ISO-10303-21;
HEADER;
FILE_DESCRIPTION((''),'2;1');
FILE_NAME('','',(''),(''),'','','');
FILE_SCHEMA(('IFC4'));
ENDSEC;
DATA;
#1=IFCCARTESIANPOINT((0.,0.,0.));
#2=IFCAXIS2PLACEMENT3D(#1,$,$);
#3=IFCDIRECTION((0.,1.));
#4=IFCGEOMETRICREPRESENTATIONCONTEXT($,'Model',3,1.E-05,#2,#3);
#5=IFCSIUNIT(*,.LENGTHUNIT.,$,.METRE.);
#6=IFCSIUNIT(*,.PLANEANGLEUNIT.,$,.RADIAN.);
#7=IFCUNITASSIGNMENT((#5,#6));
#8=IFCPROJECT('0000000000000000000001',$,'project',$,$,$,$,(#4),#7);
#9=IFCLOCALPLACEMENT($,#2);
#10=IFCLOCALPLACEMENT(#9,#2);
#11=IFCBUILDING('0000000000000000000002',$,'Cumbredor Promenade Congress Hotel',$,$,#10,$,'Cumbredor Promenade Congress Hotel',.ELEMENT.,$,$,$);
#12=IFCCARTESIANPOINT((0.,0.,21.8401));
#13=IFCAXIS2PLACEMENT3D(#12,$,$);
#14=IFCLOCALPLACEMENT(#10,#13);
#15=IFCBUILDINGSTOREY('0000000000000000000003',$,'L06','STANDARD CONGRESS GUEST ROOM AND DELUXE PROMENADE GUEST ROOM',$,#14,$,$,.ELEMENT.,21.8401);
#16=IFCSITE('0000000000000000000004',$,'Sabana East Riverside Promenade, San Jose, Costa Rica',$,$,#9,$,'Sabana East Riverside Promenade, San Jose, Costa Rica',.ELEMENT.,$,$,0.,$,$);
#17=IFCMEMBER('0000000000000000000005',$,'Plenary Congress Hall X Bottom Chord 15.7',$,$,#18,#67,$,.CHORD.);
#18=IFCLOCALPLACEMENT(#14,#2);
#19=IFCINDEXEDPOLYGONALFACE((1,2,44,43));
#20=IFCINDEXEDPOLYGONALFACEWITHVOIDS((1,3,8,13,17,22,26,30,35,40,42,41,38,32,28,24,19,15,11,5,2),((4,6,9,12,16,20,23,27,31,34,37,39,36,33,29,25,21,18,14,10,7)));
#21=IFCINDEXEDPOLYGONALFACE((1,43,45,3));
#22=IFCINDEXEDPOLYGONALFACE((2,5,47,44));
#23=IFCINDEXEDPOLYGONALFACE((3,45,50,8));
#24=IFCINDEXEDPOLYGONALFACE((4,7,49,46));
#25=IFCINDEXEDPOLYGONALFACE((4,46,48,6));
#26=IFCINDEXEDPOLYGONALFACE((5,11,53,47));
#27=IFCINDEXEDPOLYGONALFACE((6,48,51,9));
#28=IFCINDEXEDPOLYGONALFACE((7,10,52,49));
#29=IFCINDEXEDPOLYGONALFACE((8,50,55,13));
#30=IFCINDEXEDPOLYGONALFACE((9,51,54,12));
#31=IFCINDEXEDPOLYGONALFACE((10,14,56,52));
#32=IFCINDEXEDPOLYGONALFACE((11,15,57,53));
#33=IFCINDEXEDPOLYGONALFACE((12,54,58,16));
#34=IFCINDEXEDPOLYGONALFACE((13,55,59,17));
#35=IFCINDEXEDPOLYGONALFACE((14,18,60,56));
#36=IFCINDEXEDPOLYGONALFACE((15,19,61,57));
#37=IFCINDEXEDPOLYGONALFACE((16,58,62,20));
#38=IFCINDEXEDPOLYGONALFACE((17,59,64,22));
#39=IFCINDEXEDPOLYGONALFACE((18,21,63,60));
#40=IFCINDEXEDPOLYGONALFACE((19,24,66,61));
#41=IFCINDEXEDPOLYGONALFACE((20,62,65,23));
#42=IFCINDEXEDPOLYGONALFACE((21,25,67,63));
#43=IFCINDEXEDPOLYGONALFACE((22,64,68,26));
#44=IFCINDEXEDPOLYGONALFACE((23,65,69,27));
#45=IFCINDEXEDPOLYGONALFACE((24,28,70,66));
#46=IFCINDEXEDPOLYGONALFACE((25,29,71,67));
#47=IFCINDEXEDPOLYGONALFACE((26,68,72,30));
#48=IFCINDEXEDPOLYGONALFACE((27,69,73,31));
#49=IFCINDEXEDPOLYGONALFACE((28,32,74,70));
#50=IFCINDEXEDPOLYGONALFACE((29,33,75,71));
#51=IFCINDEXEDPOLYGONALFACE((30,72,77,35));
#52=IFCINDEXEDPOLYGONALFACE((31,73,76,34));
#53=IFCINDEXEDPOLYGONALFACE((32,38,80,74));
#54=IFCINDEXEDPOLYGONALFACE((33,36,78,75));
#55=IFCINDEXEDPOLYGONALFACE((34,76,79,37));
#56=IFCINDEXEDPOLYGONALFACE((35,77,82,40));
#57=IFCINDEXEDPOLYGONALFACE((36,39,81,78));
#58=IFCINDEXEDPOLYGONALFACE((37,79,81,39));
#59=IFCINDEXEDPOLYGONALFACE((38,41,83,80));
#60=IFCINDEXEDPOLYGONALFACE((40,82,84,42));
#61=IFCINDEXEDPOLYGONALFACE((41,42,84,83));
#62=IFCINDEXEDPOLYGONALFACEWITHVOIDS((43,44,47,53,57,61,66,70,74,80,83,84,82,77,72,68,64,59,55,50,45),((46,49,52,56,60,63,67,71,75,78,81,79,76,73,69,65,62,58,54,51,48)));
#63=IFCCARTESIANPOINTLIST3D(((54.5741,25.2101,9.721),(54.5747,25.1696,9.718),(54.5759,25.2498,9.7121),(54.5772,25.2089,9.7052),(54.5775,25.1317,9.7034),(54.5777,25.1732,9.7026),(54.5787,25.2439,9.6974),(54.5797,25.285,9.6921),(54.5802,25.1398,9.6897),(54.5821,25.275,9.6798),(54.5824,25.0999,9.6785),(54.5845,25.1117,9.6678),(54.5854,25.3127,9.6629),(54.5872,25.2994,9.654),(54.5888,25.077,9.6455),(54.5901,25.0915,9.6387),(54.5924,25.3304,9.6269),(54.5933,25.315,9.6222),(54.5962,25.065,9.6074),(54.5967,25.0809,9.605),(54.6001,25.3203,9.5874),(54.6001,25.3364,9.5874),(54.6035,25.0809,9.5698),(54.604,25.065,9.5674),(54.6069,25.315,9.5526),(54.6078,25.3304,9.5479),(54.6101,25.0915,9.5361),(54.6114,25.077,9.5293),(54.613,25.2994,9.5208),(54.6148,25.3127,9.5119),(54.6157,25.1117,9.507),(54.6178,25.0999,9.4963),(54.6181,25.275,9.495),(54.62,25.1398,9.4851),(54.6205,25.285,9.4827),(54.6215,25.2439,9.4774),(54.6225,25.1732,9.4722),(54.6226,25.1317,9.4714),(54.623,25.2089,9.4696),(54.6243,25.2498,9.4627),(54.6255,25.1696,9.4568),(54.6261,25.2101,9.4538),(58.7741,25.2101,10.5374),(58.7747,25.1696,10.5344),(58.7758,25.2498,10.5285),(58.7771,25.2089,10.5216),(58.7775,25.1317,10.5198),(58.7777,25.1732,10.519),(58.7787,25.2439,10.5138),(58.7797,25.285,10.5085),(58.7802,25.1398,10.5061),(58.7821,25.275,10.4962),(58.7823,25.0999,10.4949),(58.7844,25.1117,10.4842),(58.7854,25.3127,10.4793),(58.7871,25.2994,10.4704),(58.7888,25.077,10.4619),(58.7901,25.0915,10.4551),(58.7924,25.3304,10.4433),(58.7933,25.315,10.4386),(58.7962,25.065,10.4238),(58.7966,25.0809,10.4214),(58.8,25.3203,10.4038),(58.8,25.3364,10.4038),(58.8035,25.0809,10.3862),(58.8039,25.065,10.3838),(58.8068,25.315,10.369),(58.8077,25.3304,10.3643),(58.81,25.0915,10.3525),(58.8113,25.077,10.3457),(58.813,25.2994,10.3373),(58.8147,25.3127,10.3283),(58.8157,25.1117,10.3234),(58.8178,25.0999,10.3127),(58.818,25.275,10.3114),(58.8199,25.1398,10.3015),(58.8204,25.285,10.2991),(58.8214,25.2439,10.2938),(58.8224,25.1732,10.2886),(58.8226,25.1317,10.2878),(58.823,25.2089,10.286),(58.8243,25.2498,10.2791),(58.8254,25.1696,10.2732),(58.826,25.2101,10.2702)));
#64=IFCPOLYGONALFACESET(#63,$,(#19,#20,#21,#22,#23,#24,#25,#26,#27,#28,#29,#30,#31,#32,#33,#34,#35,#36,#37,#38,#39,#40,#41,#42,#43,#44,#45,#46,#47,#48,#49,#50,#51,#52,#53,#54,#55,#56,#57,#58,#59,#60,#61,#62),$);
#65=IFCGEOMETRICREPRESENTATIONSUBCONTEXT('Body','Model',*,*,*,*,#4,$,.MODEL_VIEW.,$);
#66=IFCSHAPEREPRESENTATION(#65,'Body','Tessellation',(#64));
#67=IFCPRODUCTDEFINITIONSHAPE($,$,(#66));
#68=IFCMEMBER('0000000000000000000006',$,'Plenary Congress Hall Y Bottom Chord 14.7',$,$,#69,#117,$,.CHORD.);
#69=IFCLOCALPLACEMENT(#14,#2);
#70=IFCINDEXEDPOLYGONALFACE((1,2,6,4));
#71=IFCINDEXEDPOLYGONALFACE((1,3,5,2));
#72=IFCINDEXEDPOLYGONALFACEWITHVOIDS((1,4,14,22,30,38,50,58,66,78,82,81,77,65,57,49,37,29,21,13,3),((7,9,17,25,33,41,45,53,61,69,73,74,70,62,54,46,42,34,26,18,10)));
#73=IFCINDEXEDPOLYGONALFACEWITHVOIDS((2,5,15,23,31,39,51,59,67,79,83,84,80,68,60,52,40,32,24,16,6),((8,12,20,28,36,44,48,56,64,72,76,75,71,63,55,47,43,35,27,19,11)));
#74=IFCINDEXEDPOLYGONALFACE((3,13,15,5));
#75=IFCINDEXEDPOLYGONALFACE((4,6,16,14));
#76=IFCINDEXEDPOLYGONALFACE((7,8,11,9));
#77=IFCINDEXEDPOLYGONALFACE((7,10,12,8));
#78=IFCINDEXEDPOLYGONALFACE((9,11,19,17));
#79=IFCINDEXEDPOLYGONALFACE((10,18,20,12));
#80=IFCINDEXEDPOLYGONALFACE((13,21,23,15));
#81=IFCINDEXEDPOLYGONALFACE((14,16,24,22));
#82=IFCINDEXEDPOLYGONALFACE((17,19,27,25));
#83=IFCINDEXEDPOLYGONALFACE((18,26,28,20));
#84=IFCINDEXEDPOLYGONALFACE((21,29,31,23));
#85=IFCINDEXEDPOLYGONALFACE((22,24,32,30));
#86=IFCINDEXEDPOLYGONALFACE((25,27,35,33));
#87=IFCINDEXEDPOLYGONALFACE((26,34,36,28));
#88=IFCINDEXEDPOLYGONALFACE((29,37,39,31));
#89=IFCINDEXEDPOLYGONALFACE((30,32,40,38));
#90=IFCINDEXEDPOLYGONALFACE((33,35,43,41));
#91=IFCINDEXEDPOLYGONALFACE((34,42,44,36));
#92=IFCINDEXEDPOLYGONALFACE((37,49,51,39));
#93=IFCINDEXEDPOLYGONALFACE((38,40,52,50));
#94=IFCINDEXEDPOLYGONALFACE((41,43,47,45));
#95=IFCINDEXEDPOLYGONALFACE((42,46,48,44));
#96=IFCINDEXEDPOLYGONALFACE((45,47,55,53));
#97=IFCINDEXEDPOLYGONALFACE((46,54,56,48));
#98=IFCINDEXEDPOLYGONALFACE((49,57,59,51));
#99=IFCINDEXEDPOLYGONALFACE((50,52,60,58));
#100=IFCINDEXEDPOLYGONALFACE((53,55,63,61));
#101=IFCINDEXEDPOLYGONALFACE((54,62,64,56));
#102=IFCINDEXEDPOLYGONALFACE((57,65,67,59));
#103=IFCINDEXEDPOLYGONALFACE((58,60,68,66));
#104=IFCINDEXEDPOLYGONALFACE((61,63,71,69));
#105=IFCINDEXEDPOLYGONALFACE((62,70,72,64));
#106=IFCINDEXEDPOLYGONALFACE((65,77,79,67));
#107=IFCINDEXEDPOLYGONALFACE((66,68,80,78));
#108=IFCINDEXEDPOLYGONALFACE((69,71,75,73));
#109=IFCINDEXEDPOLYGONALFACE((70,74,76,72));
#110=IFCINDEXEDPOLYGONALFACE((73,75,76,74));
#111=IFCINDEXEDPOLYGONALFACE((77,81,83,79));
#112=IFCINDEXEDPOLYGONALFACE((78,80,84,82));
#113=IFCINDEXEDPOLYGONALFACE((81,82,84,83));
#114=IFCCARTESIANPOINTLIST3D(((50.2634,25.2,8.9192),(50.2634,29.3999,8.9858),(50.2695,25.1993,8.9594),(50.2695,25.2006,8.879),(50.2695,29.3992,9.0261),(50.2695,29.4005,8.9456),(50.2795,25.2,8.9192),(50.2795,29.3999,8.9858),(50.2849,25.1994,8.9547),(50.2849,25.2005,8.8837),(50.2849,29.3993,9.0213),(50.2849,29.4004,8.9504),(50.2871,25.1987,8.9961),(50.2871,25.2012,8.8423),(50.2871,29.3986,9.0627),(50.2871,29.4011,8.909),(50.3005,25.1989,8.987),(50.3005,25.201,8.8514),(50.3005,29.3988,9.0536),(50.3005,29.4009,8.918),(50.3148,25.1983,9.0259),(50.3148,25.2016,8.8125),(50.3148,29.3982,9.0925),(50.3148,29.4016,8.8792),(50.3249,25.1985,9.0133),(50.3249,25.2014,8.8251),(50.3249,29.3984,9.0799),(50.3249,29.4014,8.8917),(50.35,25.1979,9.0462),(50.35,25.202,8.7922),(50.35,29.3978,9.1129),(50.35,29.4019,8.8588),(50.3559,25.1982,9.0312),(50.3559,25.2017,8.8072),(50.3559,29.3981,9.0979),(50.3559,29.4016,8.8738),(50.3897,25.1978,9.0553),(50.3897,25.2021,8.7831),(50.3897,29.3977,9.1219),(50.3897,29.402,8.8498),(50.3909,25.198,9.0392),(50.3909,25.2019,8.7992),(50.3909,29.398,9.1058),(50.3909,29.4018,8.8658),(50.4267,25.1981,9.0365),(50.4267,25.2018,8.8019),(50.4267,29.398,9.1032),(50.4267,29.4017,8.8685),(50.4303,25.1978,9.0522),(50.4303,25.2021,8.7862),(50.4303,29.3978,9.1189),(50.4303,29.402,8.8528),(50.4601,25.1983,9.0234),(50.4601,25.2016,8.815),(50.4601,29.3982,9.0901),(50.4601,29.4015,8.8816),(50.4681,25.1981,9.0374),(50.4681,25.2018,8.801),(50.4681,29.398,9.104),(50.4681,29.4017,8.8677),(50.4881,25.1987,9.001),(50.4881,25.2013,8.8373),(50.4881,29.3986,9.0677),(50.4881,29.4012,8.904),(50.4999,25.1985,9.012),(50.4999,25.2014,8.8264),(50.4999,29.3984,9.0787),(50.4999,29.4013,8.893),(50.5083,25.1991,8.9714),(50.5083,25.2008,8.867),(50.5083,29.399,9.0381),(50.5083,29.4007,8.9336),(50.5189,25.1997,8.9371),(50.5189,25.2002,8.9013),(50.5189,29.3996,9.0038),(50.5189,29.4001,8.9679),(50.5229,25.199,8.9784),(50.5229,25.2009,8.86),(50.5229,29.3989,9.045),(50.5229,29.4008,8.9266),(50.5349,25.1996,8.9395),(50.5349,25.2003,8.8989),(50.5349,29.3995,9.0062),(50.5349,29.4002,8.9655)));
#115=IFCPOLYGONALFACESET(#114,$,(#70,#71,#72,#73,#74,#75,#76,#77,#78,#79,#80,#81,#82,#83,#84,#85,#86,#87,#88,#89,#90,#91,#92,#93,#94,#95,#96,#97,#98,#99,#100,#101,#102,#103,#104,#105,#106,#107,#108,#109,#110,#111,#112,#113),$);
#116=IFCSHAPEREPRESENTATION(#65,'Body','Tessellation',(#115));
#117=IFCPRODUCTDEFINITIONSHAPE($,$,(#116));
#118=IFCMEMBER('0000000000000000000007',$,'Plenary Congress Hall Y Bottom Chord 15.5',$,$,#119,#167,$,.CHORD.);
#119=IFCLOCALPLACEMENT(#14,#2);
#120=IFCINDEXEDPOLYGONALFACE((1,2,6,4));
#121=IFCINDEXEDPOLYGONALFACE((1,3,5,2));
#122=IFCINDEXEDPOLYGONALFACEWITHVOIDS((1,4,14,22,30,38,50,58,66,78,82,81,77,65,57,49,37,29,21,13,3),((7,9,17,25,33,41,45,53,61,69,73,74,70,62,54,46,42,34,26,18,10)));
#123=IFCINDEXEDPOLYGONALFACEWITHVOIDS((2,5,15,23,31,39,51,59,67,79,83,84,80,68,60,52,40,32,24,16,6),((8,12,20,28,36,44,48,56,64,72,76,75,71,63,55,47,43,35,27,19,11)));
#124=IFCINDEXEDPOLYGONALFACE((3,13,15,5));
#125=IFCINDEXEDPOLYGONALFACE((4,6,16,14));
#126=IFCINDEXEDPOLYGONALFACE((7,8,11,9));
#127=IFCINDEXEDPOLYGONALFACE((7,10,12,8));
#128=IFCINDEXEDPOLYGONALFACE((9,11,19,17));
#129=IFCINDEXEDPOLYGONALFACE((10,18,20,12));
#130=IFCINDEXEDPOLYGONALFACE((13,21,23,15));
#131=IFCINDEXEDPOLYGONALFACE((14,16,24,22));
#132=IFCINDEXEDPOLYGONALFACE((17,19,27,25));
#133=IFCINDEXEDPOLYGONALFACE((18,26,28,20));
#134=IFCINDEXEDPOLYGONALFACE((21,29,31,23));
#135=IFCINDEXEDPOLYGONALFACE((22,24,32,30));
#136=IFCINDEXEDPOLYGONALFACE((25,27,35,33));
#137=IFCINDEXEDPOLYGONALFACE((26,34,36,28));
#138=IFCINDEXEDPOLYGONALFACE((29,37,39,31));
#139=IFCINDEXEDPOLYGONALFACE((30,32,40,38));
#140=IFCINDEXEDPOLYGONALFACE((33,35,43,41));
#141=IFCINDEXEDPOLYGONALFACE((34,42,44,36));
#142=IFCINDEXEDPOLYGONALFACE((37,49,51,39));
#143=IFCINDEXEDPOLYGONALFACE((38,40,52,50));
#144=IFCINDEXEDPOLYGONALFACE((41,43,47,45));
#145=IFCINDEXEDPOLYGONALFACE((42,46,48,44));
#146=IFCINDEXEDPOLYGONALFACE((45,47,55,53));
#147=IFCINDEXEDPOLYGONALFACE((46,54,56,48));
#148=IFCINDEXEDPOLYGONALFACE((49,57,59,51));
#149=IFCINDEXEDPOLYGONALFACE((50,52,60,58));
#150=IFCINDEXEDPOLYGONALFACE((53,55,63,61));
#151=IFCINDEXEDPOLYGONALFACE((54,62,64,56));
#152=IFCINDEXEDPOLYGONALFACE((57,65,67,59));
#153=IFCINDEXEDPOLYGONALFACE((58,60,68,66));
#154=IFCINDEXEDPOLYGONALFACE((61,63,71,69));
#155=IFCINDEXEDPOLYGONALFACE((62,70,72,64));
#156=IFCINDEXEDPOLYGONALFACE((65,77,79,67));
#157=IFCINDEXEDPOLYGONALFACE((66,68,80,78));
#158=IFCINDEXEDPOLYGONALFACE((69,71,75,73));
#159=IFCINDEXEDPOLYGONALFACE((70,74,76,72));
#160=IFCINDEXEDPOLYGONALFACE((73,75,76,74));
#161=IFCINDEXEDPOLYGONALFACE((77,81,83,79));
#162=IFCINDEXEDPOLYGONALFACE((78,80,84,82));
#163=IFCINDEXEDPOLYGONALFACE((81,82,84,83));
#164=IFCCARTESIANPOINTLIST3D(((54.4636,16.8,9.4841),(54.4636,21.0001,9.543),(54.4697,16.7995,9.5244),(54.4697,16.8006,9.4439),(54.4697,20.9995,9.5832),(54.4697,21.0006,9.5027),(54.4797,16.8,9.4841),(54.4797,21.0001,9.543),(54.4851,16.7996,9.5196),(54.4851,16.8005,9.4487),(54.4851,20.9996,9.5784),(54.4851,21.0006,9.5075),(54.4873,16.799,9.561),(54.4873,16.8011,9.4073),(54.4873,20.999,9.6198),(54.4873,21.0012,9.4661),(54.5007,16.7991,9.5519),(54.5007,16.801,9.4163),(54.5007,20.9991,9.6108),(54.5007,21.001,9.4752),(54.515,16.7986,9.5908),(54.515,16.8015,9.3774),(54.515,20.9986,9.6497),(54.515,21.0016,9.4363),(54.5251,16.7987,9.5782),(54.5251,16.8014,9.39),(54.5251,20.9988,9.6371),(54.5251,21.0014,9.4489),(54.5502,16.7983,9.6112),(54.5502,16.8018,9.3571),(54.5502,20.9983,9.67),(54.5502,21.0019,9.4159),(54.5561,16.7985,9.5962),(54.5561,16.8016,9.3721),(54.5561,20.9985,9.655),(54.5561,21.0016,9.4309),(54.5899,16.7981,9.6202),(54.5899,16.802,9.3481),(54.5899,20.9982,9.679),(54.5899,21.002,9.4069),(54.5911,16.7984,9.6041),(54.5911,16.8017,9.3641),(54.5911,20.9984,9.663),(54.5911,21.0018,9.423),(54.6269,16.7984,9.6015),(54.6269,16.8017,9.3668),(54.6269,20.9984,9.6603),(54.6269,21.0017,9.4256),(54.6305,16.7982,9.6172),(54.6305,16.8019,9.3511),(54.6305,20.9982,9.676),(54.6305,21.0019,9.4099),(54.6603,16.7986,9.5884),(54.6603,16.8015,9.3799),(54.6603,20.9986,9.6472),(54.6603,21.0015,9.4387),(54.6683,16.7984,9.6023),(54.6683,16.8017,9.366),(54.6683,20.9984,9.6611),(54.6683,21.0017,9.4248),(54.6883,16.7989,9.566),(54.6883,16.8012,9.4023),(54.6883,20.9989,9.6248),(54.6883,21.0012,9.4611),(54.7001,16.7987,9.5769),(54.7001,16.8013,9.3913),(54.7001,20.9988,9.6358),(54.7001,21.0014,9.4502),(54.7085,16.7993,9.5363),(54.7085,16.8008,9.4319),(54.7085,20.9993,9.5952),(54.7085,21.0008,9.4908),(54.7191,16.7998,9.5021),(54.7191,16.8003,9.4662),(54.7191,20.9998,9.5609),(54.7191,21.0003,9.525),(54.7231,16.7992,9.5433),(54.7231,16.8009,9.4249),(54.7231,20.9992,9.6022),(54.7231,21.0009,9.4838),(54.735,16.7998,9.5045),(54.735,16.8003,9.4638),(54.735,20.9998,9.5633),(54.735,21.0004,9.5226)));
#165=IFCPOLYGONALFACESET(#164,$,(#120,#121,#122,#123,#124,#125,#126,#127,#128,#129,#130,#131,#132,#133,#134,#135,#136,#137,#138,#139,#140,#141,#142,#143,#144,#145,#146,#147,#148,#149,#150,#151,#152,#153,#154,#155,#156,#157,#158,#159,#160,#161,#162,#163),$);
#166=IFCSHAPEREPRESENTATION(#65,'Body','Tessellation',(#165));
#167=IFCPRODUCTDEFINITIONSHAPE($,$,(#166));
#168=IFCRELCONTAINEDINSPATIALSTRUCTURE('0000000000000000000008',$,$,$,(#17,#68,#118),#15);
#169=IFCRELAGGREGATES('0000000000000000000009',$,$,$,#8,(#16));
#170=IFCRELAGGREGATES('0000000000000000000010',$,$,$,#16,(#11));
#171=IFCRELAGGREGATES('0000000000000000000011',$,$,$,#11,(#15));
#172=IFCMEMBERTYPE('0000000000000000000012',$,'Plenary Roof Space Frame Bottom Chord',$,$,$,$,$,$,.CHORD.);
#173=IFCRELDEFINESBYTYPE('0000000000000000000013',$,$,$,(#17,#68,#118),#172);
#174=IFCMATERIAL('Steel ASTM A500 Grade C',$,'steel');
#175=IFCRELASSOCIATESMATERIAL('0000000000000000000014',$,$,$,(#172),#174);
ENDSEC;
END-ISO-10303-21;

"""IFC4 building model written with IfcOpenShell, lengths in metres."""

from ifc_helpers import new_model, si_unit, direction, frame, origin, origin_2d, place, context, subcontext, project, spatial, hollow_circle, extrude, material, material_profile, profile_set, type_object, element, save


model = new_model("IFC4")

# Units and contexts
model_context = context("Model", 3, precision=1e-05, world=origin(), true_north=direction((0.0, 1.0)))
body_context = subcontext(model_context, "Body", "Model", "MODEL_VIEW")
ifc_project = project(units=[si_unit("LENGTHUNIT", "METRE"), si_unit("PLANEANGLEUNIT", "RADIAN")], contexts=[model_context])

# Site, building, storey
site_placement = place(None, origin())
site = spatial("IfcSite", under=ifc_project, at=site_placement, Name="Sabana East Riverside Promenade, San Jose, Costa Rica", LongName="Sabana East Riverside Promenade, San Jose, Costa Rica", CompositionType="ELEMENT", RefElevation=0.0)
building_placement = place(site_placement, origin())
building = spatial("IfcBuilding", under=site, at=building_placement, Name="Cumbredor Promenade Congress Hotel", LongName="Cumbredor Promenade Congress Hotel", CompositionType="ELEMENT")
storey_placement = place(building_placement, frame((0.0, 0.0, 21.8401)))
storey = spatial("IfcBuildingStorey", under=building, at=storey_placement, Name="L06", Description="STANDARD CONGRESS GUEST ROOM AND DELUXE PROMENADE GUEST ROOM", CompositionType="ELEMENT", Elevation=21.8401)

# Members
ifc_material_1 = material(Name="Steel ASTM A500 Grade C", Category="steel")
ifc_material_profile_1 = material_profile(ifc_material_1, hollow_circle(Radius=0.1365, WallThickness=0.0161, at=origin_2d()), Name="CHS 273.0x16")
ifc_profile_set_1 = profile_set([ifc_material_profile_1], Name="Steel ASTM A500 Grade C")
member_type_1 = type_object("IfcMemberType", Name="Plenary Roof Space Frame Bottom Chord", PredefinedType="CHORD", material=ifc_profile_set_1)
member_1_placement = place(storey_placement, frame((54.6001, 25.2, 9.5874), z_axis=(0.981626, 0.0, 0.190813), x_axis=(0.0, 1.0, 0.0)))
element("IfcMember", 1, at=member_1_placement, inside=storey, type_object=member_type_1, Name="Plenary Congress Hall X Bottom Chord 15.7", PredefinedType="CHORD", context=body_context, shape_type="SweptSolid", body=[
    extrude(hollow_circle(Radius=0.1365, WallThickness=0.0161, at=origin_2d()), origin(), (0.0, 0.0, 1.0), 4.2786),
])
for number, where, z_axis, x_axis, name in (
    (2, (50.3999, 25.2, 8.9192), (0.0, 0.999874, 0.015867), (-1.0, 0.0, 0.0), "Plenary Congress Hall Y Bottom Chord 14.7"),
    (3, (54.6001, 16.8, 9.4841), (0.0, 0.999902, 0.014008), (-1.0, 0.0, 0.0), "Plenary Congress Hall Y Bottom Chord 15.5"),
):
    element("IfcMember", number, at=place(storey_placement, frame(where, z_axis=z_axis, x_axis=x_axis)), inside=storey, type_object=member_type_1, Name=name, PredefinedType="CHORD", context=body_context, shape_type="SweptSolid", body=[
        extrude(hollow_circle(Radius=0.1365, WallThickness=0.0161, at=origin_2d()), origin(), (0.0, 0.0, 1.0), 4.2004),
    ])

save(model, "model.ifc")
